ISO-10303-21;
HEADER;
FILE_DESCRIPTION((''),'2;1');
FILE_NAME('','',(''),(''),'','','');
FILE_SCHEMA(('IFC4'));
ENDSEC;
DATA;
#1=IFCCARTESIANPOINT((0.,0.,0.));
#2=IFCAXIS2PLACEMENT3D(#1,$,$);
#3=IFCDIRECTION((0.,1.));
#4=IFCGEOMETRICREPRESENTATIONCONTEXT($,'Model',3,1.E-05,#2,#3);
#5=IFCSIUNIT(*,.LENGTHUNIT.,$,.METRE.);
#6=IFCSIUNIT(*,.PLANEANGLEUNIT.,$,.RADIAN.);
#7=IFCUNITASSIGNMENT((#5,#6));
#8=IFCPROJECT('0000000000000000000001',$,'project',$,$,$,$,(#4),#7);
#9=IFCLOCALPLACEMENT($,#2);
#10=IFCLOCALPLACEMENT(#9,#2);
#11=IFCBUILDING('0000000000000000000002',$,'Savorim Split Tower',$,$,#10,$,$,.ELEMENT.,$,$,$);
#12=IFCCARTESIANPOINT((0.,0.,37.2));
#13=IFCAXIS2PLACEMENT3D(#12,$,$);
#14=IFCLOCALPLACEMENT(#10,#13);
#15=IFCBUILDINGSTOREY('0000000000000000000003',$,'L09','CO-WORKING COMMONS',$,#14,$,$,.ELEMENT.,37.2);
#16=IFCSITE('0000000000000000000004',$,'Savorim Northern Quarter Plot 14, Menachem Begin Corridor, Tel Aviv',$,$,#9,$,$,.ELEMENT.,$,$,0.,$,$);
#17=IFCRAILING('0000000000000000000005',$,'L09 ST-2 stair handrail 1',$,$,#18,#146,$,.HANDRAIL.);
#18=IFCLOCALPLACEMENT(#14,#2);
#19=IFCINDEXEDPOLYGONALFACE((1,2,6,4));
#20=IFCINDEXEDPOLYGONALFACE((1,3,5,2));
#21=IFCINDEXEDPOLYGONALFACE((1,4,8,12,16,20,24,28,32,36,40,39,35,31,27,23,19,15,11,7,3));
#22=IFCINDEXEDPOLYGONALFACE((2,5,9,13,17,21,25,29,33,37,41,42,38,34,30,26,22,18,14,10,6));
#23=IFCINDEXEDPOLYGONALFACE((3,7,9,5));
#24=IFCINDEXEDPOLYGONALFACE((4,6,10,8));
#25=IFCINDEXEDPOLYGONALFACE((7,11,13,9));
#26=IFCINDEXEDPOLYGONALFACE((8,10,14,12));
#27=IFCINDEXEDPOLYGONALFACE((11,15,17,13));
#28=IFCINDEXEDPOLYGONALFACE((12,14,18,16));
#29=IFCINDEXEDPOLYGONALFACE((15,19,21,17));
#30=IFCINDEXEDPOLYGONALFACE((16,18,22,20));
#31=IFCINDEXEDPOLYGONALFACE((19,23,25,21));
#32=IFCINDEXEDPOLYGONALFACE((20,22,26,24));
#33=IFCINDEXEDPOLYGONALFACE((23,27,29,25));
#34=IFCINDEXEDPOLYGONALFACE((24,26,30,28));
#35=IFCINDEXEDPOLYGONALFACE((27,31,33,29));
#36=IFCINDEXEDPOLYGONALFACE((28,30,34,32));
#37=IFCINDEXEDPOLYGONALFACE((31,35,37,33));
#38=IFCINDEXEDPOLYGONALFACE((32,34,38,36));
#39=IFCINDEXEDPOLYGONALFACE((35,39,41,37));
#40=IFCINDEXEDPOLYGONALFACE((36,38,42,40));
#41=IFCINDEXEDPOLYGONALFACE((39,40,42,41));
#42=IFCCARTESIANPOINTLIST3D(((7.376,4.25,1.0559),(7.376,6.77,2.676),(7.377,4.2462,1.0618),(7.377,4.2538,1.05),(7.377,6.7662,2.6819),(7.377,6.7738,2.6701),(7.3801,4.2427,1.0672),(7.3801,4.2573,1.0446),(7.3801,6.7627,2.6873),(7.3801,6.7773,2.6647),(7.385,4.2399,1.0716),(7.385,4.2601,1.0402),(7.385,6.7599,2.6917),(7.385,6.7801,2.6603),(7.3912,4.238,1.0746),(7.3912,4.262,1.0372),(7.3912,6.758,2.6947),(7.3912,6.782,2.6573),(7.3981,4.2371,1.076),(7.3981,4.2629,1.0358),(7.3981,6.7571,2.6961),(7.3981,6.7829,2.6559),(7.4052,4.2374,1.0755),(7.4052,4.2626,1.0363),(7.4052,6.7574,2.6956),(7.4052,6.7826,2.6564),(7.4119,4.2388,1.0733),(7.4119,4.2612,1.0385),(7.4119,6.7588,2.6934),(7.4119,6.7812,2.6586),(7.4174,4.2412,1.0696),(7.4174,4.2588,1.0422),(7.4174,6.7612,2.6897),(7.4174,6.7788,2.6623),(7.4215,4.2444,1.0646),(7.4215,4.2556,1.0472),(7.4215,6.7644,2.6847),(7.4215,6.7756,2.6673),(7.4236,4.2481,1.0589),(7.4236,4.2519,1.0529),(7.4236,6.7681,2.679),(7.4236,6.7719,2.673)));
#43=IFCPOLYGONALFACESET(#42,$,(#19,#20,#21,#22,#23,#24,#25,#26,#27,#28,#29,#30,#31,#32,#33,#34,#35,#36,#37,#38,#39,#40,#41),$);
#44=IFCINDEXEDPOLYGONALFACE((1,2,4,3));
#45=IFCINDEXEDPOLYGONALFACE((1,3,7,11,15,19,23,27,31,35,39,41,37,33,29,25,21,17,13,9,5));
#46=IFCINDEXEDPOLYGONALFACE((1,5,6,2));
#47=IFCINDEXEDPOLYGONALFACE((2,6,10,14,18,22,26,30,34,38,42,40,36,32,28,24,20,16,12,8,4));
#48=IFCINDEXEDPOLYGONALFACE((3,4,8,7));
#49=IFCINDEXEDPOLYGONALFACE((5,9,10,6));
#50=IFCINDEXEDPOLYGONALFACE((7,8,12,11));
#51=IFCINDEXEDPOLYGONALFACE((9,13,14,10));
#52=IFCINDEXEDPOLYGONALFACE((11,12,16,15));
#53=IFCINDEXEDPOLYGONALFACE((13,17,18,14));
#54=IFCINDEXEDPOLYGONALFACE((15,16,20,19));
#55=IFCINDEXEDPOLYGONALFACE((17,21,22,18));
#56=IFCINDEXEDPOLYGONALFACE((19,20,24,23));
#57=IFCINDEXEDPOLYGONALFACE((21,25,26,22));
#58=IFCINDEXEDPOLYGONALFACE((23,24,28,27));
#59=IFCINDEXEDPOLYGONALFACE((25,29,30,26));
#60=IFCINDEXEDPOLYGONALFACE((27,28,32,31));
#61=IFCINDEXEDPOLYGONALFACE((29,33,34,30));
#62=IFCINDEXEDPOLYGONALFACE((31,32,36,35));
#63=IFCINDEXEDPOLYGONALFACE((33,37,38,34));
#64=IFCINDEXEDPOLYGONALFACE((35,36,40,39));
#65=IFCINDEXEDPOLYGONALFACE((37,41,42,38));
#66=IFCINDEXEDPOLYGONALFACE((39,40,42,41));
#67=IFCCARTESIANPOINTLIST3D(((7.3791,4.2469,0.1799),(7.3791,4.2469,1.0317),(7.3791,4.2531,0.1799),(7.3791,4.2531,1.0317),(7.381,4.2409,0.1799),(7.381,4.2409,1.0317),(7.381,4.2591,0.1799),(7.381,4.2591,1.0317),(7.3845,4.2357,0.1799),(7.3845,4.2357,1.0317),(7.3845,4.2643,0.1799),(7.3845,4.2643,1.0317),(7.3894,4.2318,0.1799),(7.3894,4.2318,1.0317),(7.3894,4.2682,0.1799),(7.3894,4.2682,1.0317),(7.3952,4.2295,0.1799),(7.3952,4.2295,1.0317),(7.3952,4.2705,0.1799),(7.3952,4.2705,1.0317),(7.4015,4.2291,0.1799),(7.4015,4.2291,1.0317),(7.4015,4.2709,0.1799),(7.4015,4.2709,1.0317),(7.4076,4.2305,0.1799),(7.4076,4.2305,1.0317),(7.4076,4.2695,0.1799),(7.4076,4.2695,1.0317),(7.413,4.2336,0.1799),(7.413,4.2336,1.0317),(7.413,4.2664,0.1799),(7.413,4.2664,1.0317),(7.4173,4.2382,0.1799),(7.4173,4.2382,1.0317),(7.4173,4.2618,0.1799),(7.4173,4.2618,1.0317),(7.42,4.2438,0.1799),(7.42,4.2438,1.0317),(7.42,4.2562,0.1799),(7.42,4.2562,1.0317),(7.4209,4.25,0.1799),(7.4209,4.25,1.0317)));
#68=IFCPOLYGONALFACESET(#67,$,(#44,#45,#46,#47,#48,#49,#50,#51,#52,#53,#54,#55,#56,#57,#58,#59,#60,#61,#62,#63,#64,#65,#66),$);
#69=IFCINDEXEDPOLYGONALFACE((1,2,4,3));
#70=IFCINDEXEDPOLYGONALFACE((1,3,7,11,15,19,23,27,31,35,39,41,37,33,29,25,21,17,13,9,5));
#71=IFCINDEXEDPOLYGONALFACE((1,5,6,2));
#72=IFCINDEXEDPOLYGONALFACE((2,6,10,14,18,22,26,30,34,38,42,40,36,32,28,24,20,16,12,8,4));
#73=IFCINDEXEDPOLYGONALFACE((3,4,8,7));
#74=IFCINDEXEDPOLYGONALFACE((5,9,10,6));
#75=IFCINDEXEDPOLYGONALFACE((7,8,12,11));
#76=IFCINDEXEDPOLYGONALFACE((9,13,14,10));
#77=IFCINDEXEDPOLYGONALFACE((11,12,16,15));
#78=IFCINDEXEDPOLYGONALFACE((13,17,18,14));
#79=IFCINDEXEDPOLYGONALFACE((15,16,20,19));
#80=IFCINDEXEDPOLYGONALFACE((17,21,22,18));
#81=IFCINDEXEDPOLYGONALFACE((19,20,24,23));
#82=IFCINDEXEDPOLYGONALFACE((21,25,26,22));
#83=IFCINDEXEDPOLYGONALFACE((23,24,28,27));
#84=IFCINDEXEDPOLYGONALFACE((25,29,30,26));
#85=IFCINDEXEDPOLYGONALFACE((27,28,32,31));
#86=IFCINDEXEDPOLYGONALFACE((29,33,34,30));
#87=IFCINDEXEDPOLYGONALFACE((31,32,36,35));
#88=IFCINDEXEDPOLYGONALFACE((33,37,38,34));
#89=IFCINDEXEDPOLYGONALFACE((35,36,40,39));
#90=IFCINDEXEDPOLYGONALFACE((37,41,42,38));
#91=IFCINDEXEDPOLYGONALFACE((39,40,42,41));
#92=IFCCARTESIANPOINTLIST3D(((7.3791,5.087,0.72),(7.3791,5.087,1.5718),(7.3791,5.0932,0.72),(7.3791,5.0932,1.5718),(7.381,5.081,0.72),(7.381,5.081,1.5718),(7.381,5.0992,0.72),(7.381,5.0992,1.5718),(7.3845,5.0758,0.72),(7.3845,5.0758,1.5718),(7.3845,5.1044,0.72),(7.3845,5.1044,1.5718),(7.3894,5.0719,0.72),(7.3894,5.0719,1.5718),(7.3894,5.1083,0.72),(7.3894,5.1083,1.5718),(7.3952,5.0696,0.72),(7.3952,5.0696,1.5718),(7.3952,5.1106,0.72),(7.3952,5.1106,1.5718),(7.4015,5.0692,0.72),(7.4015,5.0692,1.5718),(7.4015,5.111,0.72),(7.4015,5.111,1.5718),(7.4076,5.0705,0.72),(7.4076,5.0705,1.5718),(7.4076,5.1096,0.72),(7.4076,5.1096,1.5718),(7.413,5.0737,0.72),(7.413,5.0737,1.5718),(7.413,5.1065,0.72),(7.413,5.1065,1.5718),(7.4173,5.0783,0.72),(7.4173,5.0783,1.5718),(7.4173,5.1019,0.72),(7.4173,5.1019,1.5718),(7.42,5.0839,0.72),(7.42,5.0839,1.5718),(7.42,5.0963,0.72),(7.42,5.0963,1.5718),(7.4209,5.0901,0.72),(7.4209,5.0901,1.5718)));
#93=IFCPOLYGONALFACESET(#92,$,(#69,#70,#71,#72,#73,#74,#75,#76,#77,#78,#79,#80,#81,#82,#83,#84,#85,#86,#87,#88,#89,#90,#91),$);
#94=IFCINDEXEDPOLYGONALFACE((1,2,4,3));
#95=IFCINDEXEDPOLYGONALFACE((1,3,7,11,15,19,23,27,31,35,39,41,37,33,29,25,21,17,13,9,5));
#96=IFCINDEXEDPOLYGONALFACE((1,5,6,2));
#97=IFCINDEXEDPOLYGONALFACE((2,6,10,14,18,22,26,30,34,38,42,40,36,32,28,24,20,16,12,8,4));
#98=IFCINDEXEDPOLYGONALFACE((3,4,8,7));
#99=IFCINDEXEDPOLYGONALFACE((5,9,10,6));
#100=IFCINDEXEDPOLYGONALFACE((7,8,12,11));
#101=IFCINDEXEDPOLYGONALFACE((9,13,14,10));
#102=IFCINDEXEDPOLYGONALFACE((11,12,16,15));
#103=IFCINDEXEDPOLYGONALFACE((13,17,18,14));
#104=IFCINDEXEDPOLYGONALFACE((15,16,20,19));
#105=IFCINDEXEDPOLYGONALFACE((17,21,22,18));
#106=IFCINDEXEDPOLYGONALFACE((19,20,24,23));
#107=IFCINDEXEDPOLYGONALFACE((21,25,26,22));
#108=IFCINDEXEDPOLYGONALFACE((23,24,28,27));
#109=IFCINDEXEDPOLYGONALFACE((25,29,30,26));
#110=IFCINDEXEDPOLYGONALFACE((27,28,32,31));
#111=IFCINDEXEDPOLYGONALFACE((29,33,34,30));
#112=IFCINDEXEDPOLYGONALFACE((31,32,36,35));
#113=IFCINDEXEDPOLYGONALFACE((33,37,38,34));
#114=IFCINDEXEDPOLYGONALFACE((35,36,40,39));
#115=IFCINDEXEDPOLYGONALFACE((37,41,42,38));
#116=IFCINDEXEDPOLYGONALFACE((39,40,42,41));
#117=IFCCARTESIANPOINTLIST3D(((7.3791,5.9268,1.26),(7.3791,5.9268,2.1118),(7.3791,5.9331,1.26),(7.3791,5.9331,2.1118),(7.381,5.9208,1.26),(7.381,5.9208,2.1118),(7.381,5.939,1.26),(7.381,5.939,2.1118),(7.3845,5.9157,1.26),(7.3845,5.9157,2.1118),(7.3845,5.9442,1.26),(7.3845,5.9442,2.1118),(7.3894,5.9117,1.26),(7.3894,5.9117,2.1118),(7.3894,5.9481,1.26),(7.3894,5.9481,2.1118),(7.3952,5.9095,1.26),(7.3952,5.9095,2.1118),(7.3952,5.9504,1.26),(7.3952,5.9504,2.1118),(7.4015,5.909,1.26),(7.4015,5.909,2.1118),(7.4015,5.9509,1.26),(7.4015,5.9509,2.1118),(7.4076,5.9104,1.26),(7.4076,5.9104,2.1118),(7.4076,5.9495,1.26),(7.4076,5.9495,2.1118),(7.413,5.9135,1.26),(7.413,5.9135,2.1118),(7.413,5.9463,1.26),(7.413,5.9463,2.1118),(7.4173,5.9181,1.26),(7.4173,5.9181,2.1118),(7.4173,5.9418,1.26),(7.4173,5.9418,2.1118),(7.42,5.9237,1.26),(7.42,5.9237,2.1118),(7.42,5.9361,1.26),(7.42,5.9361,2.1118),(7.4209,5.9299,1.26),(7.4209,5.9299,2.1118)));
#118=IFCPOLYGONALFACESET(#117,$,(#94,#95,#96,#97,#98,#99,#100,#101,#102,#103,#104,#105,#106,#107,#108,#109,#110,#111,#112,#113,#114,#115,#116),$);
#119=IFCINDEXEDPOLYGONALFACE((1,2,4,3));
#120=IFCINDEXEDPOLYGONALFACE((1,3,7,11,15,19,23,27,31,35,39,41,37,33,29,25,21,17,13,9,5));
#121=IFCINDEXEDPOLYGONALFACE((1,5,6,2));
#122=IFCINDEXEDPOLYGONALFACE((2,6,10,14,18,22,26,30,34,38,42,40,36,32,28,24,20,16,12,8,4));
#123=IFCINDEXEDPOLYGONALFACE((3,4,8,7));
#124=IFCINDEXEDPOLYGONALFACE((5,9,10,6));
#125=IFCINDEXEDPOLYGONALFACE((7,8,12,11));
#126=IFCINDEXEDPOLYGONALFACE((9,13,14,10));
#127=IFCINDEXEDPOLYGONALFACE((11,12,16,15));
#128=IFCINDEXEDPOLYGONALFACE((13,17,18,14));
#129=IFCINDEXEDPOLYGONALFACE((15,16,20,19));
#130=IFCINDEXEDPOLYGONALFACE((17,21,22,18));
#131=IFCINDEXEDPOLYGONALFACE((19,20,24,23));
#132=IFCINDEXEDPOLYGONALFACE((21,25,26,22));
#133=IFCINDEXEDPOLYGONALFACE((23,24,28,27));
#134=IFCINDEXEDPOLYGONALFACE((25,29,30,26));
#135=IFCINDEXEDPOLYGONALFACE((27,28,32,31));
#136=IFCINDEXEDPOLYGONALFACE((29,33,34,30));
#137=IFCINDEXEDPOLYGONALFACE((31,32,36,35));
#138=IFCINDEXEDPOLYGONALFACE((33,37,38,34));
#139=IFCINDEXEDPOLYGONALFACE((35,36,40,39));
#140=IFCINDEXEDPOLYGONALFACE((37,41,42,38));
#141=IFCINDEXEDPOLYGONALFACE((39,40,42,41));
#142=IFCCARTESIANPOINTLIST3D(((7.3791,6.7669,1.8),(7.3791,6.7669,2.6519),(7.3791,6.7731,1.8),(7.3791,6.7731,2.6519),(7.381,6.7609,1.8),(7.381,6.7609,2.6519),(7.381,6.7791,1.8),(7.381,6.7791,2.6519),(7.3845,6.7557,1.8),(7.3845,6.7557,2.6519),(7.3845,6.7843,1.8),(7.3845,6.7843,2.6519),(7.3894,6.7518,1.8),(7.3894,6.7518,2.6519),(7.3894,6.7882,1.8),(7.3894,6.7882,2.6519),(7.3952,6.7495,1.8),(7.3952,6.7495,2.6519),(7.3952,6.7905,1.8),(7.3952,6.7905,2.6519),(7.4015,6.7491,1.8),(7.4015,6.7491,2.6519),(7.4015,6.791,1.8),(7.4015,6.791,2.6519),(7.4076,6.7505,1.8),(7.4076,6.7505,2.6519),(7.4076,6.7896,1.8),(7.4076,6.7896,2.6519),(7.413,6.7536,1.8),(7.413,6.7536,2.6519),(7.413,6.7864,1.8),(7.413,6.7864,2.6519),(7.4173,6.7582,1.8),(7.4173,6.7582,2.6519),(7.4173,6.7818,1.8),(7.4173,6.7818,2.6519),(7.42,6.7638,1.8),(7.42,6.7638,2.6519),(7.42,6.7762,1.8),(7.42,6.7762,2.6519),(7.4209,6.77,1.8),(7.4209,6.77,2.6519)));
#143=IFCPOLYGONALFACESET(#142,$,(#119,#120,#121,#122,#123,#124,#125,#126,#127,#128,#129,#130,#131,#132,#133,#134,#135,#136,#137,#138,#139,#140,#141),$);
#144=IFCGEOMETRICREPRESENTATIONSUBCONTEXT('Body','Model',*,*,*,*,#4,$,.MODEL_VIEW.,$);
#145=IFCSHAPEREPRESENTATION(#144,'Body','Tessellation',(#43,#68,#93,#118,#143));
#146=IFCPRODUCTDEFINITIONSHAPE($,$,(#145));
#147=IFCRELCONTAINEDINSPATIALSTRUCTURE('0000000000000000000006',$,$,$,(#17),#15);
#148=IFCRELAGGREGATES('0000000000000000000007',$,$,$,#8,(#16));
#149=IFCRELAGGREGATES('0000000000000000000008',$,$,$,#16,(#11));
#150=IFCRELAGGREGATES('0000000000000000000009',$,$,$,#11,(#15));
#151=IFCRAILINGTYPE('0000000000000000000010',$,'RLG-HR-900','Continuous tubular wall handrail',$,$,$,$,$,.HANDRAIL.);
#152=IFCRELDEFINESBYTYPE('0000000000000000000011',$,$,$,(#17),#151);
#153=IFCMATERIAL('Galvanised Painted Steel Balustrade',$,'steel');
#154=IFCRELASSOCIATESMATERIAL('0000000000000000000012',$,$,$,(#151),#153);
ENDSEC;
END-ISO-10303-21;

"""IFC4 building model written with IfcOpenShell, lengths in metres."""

from ifc_helpers import new_model, si_unit, direction, frame, origin, origin_2d, place, context, subcontext, project, spatial, circle, extrude, material, type_object, element, save


model = new_model("IFC4")

# Units and contexts
model_context = context("Model", 3, precision=1e-05, world=origin(), true_north=direction((0.0, 1.0)))
body_context = subcontext(model_context, "Body", "Model", "MODEL_VIEW")
ifc_project = project(units=[si_unit("LENGTHUNIT", "METRE"), si_unit("PLANEANGLEUNIT", "RADIAN")], contexts=[model_context])

# Site, building, storey
site_placement = place(None, origin())
site = spatial("IfcSite", under=ifc_project, at=site_placement, Name="Savorim Northern Quarter Plot 14, Menachem Begin Corridor, Tel Aviv", CompositionType="ELEMENT", RefElevation=0.0)
building_placement = place(site_placement, origin())
building = spatial("IfcBuilding", under=site, at=building_placement, Name="Savorim Split Tower", CompositionType="ELEMENT")
storey_placement = place(building_placement, frame((0.0, 0.0, 37.2)))
storey = spatial("IfcBuildingStorey", under=building, at=storey_placement, Name="L09", Description="CO-WORKING COMMONS", CompositionType="ELEMENT", Elevation=37.2)

# Railing
ifc_material_1 = material(Name="Galvanised Painted Steel Balustrade", Category="steel")
railing_type_1 = type_object("IfcRailingType", Name="RLG-HR-900", Description="Continuous tubular wall handrail", PredefinedType="HANDRAIL", material=ifc_material_1)
railing_1_placement = place(storey_placement, frame((7.3999, 4.25, 0.1799)))
element("IfcRailing", 1, at=railing_1_placement, inside=storey, type_object=railing_type_1, Name="L09 ST-2 stair handrail 1", PredefinedType="HANDRAIL", context=body_context, shape_type="SweptSolid", body=[
    extrude(circle(Radius=0.0239, at=origin_2d()), frame((0.0, 0.0, 0.876), z_axis=(0.0, 0.841163, 0.540782), x_axis=(-1.0, 0.0, 0.0)), (0.0, 0.0, 1.0), 2.9958),
    extrude(circle(Radius=0.021, at=origin_2d()), origin(), (0.0, 0.0, 1.0), 0.8518),
    extrude(circle(Radius=0.021, at=origin_2d()), frame((0.0, 0.8401, 0.54)), (0.0, 0.0, 1.0), 0.8518),
    extrude(circle(Radius=0.021, at=origin_2d()), frame((0.0, 1.6799, 1.0801)), (0.0, 0.0, 1.0), 0.8518),
    extrude(circle(Radius=0.021, at=origin_2d()), frame((0.0, 2.52, 1.6201)), (0.0, 0.0, 1.0), 0.8518),
])

save(model, "model.ifc")
